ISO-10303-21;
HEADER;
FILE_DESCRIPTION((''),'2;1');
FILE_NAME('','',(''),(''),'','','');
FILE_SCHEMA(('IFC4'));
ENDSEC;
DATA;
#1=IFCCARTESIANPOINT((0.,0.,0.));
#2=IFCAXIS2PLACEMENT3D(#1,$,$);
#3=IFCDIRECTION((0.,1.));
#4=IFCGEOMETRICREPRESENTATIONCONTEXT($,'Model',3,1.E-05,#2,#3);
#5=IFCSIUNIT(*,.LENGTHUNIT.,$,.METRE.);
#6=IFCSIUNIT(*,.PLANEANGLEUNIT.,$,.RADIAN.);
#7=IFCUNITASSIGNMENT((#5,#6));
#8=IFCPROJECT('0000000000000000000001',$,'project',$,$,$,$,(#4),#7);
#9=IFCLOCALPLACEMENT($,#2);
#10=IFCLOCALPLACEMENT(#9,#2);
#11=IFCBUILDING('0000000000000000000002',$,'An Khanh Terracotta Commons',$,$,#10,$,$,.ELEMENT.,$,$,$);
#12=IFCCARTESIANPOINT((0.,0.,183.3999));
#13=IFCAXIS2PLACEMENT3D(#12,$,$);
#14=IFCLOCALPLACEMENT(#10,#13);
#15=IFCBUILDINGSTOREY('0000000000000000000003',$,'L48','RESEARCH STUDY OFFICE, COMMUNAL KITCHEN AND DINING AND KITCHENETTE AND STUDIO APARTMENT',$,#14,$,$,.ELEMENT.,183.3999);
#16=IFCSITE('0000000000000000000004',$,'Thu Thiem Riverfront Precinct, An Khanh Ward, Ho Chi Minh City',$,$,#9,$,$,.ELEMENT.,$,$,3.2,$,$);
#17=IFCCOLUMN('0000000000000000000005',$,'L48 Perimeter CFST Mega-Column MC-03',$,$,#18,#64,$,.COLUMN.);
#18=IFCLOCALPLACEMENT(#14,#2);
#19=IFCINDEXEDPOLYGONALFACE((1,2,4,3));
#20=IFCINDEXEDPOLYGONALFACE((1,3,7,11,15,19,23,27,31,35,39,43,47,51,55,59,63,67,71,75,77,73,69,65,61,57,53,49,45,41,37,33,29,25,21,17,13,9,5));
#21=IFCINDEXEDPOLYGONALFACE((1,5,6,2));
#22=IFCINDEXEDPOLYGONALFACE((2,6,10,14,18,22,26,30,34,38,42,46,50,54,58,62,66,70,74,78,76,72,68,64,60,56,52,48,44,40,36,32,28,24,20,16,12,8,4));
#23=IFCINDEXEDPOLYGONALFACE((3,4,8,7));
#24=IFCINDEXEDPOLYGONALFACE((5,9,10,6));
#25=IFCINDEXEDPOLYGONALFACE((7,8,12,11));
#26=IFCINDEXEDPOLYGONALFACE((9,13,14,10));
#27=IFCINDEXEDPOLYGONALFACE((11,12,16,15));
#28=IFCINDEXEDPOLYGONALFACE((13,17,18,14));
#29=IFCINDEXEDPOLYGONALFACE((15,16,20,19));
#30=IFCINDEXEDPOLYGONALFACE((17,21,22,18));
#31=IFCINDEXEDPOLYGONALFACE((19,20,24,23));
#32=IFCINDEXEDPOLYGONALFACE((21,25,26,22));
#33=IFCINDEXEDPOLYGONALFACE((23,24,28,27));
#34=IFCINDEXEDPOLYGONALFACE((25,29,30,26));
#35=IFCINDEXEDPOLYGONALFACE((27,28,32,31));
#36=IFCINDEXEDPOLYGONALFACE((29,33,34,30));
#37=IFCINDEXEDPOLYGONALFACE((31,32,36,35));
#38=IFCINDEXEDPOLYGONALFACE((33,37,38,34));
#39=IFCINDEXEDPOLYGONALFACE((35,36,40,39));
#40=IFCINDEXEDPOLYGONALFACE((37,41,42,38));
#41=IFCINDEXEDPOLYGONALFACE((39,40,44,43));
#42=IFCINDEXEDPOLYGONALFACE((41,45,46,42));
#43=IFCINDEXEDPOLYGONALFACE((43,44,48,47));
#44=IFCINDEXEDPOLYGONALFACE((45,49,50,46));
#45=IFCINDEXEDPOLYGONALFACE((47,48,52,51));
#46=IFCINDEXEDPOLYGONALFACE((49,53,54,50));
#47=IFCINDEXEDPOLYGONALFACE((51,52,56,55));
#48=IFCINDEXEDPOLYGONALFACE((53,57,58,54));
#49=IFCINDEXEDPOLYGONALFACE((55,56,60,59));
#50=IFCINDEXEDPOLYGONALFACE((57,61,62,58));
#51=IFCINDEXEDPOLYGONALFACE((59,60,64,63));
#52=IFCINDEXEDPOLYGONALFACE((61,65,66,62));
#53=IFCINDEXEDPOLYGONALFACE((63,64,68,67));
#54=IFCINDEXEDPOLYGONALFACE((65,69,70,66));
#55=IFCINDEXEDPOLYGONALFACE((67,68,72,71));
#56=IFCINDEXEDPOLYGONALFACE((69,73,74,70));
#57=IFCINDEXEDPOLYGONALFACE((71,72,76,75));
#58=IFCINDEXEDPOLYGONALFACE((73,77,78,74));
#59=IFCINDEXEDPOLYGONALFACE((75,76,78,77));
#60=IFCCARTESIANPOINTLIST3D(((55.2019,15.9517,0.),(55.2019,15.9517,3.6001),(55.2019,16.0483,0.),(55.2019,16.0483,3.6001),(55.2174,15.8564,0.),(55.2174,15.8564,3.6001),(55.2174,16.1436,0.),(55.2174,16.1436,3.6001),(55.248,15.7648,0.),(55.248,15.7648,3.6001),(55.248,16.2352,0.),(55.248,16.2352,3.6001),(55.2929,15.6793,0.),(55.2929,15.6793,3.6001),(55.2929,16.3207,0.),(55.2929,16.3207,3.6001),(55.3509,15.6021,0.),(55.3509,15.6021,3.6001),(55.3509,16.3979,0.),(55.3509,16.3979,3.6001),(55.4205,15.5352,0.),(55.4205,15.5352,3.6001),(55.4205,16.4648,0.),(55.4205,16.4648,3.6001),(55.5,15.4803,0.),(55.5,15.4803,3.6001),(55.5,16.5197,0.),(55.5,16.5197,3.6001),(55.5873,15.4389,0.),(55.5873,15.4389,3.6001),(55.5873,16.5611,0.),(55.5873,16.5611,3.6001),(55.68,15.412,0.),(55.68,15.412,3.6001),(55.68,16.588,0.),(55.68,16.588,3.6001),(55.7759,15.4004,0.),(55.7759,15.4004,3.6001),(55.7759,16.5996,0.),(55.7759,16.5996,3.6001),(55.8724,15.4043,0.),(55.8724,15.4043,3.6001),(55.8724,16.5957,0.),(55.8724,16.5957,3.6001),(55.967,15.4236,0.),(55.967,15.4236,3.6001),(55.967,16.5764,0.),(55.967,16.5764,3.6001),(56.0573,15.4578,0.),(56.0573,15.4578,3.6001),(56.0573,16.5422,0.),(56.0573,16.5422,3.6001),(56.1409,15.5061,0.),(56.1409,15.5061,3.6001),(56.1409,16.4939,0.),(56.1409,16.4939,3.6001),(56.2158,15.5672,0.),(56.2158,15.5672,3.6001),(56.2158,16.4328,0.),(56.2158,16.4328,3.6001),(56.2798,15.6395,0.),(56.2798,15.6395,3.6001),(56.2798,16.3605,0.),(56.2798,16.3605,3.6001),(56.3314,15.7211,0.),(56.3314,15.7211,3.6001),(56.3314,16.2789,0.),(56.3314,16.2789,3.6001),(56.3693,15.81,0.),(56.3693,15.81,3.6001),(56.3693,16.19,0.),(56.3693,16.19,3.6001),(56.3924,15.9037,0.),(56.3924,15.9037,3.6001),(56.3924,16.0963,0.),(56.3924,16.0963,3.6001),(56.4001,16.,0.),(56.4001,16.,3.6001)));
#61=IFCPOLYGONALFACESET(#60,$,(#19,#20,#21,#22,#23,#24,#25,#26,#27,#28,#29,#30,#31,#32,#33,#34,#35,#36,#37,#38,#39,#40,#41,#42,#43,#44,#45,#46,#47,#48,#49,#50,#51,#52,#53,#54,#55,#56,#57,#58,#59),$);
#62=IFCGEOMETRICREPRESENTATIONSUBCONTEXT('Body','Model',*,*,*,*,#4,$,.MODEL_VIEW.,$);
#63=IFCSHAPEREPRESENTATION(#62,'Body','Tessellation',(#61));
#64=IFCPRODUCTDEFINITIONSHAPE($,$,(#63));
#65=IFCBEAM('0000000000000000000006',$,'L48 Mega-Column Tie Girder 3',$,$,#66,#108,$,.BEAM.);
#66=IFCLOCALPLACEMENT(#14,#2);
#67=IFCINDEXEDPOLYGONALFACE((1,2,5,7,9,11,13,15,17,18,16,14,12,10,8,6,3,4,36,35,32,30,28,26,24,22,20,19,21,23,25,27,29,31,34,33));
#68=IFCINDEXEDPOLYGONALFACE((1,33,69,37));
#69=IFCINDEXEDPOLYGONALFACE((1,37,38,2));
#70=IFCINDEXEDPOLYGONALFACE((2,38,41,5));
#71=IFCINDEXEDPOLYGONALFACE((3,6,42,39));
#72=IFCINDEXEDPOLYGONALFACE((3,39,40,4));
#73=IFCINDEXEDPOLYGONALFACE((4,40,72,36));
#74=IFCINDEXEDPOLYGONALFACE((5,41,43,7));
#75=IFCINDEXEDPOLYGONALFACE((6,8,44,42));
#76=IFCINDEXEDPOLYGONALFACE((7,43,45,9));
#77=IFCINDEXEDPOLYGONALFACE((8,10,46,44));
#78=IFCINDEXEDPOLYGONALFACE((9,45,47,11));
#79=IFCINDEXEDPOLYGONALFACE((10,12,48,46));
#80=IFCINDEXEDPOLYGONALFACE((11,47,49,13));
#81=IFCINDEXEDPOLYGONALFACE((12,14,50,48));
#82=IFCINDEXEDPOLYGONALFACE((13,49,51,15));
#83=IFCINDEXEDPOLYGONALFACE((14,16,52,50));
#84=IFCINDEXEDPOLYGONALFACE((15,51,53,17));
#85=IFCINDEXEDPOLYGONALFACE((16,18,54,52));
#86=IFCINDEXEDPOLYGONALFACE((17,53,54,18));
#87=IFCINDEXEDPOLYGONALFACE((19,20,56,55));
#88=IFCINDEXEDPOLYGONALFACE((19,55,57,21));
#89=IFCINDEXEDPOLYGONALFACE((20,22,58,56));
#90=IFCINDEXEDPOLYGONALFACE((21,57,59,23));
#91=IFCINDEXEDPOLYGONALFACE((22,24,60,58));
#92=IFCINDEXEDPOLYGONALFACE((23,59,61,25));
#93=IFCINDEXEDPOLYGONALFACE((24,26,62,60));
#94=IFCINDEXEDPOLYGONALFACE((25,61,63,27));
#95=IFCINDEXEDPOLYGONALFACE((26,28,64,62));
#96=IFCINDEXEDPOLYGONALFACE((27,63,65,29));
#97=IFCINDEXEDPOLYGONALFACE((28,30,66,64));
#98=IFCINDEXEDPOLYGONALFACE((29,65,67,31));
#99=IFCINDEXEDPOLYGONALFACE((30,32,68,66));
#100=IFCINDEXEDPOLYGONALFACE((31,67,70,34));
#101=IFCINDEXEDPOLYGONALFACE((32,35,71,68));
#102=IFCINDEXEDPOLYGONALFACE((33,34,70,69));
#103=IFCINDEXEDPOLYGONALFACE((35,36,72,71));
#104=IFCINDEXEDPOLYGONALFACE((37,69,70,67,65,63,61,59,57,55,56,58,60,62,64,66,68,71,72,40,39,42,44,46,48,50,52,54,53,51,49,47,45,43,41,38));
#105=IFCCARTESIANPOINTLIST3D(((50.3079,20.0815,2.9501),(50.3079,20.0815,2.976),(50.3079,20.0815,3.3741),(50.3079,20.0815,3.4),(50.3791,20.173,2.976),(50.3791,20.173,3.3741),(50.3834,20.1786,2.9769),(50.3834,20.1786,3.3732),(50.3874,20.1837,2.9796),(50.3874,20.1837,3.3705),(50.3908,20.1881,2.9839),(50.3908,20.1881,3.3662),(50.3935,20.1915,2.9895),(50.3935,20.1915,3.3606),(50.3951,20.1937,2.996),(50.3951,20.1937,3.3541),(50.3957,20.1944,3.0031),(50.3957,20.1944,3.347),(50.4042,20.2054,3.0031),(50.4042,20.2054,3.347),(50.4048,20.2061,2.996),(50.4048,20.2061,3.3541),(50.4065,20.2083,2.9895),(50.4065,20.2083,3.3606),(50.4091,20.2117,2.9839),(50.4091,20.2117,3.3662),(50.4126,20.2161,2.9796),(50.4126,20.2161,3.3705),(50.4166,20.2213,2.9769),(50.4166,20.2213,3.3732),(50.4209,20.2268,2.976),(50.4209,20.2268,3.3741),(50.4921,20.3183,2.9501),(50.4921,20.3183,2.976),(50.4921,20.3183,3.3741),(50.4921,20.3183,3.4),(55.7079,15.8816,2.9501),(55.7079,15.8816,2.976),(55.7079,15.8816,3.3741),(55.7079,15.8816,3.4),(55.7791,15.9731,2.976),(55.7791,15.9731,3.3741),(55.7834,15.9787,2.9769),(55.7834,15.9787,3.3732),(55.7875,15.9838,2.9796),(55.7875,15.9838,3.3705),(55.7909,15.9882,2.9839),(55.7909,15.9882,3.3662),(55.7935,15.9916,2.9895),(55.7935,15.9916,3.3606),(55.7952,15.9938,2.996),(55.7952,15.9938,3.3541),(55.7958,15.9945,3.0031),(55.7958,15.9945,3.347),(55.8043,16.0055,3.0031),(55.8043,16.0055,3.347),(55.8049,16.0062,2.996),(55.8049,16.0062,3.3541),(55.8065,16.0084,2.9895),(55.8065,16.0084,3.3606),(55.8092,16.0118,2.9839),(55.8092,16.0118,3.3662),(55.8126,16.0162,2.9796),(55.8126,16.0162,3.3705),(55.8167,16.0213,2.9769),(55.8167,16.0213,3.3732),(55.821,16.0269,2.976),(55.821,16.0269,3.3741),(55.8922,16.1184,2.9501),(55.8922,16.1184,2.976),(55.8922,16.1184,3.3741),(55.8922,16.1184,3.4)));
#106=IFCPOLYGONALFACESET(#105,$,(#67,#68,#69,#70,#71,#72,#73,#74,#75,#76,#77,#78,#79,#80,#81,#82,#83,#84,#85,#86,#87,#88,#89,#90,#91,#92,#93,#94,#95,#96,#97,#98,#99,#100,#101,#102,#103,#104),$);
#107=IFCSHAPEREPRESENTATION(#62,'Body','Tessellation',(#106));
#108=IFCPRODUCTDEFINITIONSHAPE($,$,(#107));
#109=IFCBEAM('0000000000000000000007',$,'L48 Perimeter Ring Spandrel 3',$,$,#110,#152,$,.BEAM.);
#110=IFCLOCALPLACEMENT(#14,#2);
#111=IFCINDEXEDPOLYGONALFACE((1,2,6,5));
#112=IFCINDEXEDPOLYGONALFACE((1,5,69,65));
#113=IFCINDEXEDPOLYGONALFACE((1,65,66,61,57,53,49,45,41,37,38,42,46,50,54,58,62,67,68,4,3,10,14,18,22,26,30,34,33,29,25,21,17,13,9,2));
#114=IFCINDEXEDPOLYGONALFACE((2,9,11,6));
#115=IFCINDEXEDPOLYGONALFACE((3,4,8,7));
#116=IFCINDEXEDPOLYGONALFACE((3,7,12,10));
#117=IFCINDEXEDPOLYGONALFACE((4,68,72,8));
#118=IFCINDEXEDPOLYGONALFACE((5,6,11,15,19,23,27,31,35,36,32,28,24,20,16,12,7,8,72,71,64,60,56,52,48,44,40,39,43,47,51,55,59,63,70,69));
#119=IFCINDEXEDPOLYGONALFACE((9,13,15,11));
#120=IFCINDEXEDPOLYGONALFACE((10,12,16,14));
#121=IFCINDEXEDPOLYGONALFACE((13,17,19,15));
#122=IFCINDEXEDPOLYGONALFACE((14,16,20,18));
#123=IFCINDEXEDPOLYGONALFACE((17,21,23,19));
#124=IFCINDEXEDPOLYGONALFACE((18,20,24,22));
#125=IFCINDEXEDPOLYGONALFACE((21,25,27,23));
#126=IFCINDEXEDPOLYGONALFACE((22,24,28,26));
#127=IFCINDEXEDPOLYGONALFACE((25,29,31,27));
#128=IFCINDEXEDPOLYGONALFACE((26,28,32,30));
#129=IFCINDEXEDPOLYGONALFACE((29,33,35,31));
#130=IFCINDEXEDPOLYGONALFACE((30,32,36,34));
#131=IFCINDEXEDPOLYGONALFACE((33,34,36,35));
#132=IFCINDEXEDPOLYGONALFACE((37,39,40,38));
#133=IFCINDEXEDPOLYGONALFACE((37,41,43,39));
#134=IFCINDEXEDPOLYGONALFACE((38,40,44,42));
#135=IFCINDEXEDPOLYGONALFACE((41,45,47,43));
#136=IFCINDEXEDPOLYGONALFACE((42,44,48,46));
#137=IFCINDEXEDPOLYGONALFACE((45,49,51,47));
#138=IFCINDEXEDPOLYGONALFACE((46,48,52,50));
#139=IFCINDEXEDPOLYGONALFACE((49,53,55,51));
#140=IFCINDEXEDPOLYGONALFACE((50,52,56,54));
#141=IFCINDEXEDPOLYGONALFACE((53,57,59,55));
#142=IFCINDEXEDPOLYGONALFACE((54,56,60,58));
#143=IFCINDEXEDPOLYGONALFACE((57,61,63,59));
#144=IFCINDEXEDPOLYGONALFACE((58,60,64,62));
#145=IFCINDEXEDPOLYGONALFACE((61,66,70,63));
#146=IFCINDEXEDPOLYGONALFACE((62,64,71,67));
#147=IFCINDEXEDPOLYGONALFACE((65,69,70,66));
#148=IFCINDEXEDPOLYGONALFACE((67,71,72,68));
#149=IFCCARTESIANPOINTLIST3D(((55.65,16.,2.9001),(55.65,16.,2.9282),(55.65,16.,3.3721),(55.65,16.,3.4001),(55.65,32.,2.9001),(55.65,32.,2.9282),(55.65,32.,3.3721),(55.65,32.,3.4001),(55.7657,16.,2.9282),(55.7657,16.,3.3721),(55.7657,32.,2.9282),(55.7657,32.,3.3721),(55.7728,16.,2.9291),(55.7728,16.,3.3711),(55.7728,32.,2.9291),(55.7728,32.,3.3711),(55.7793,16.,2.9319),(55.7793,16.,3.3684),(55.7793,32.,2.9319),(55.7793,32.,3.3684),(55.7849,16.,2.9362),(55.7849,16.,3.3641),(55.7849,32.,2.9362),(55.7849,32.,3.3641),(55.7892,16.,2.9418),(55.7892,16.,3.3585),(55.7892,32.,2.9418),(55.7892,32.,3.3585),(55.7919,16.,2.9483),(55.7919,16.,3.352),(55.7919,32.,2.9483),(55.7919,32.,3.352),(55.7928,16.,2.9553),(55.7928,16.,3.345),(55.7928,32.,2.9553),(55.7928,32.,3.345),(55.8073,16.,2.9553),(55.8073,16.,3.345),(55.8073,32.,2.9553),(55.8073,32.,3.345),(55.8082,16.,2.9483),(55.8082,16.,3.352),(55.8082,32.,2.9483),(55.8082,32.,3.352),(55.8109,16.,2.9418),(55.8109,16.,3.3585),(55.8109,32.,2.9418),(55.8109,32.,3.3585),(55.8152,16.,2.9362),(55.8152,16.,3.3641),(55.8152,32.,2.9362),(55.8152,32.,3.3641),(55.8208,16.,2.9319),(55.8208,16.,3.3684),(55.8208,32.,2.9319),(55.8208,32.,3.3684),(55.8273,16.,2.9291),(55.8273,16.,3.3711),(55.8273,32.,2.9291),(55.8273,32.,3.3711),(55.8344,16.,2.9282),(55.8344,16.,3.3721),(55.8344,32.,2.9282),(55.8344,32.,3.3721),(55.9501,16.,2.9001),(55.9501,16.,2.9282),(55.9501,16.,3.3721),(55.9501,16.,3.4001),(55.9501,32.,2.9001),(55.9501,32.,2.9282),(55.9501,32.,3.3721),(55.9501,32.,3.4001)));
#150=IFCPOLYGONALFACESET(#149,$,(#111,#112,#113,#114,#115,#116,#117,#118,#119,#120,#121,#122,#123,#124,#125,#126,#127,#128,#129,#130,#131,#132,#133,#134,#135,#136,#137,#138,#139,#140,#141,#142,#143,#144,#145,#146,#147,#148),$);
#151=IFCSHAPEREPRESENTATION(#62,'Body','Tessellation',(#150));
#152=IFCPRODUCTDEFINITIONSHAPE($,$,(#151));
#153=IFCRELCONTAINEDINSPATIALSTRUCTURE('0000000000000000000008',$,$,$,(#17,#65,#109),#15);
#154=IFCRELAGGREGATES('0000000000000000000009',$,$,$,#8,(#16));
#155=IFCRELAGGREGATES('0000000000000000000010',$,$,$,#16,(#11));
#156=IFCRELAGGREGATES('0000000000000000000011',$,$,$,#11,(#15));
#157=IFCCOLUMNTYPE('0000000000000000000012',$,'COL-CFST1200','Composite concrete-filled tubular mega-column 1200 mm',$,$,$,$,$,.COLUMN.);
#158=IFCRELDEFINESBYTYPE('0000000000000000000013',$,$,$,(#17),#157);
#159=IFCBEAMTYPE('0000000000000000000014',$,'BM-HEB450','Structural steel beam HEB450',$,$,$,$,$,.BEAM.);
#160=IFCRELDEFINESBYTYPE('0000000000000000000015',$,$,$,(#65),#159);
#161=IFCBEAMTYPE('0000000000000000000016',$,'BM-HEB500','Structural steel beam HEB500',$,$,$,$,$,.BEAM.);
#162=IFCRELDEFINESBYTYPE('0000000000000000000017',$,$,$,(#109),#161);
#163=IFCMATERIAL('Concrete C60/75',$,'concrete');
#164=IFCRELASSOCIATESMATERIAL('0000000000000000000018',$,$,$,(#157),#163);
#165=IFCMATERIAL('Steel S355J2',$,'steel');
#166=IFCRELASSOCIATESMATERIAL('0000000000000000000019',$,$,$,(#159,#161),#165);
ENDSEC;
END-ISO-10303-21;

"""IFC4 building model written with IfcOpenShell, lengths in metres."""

from ifc_helpers import new_model, si_unit, direction, frame, origin, origin_2d, place, context, subcontext, project, spatial, circle, i_section, extrude, material, material_profile, profile_set, type_object, element, save


model = new_model("IFC4")

# Units and contexts
model_context = context("Model", 3, precision=1e-05, world=origin(), true_north=direction((0.0, 1.0)))
body_context = subcontext(model_context, "Body", "Model", "MODEL_VIEW")
ifc_project = project(units=[si_unit("LENGTHUNIT", "METRE"), si_unit("PLANEANGLEUNIT", "RADIAN")], contexts=[model_context])

# Site, building, storey
site_placement = place(None, origin())
site = spatial("IfcSite", under=ifc_project, at=site_placement, Name="Thu Thiem Riverfront Precinct, An Khanh Ward, Ho Chi Minh City", CompositionType="ELEMENT", RefElevation=3.2)
building_placement = place(site_placement, origin())
building = spatial("IfcBuilding", under=site, at=building_placement, Name="An Khanh Terracotta Commons", CompositionType="ELEMENT")
storey_placement = place(building_placement, frame((0.0, 0.0, 183.3999)))
storey = spatial("IfcBuildingStorey", under=building, at=storey_placement, Name="L48", Description="RESEARCH STUDY OFFICE, COMMUNAL KITCHEN AND DINING AND KITCHENETTE AND STUDIO APARTMENT", CompositionType="ELEMENT", Elevation=183.3999)

# Column
ifc_material_1 = material(Name="Concrete C60/75", Category="concrete")
ifc_material_profile_1 = material_profile(ifc_material_1, circle(Radius=0.6001, at=origin_2d()), Name="CFST1200")
ifc_profile_set_1 = profile_set([ifc_material_profile_1], Name="Concrete C60/75")
column_type = type_object("IfcColumnType", Name="COL-CFST1200", Description="Composite concrete-filled tubular mega-column 1200 mm", PredefinedType="COLUMN", material=ifc_profile_set_1)
column_placement = place(storey_placement, frame((55.8, 16.0, 0.0), z_axis=(0.0, 0.0, 1.0), x_axis=(1.0, 0.0, 0.0)))
element("IfcColumn", 1, at=column_placement, inside=storey, type_object=column_type, Name="L48 Perimeter CFST Mega-Column MC-03", PredefinedType="COLUMN", context=body_context, shape_type="SweptSolid", body=[
    extrude(circle(Radius=0.6001, at=origin_2d()), origin(), (0.0, 0.0, 1.0), 3.6001),
])

# Beams
ifc_material_2 = material(Name="Steel S355J2", Category="steel")
ifc_material_profile_2 = material_profile(ifc_material_2, i_section(OverallWidth=0.3, OverallDepth=0.45, WebThickness=0.0139, FlangeThickness=0.0259, FilletRadius=0.0271, at=origin_2d()), Name="HEB450")
ifc_profile_set_2 = profile_set([ifc_material_profile_2], Name="Steel S355J2")
beam_type_1 = type_object("IfcBeamType", Name="BM-HEB450", Description="Structural steel beam HEB450", PredefinedType="BEAM", material=ifc_profile_set_2)
beam_1_placement = place(storey_placement, frame((55.8, 16.0, 3.175), z_axis=(-0.789364, 0.613926, 0.0), x_axis=(-0.613926, -0.789364, 0.0)))
element("IfcBeam", 2, at=beam_1_placement, inside=storey, type_object=beam_type_1, Name="L48 Mega-Column Tie Girder 3", PredefinedType="BEAM", context=body_context, shape_type="SweptSolid", body=[
    extrude(i_section(OverallWidth=0.3, OverallDepth=0.45, WebThickness=0.0139, FlangeThickness=0.0259, FilletRadius=0.0271, at=origin_2d()), origin(), (0.0, 0.0, 1.0), 6.8411),
])
ifc_material_profile_3 = material_profile(ifc_material_2, i_section(OverallWidth=0.3, OverallDepth=0.5, WebThickness=0.0144, FlangeThickness=0.0281, FilletRadius=0.0271, at=origin_2d()), Name="HEB500")
ifc_profile_set_3 = profile_set([ifc_material_profile_3], Name="Steel S355J2")
beam_type_2 = type_object("IfcBeamType", Name="BM-HEB500", Description="Structural steel beam HEB500", PredefinedType="BEAM", material=ifc_profile_set_3)
beam_2_placement = place(storey_placement, frame((55.8, 16.0, 3.1501), z_axis=(0.0, 1.0, 0.0), x_axis=(-1.0, 0.0, 0.0)))
element("IfcBeam", 3, at=beam_2_placement, inside=storey, type_object=beam_type_2, Name="L48 Perimeter Ring Spandrel 3", PredefinedType="BEAM", context=body_context, shape_type="SweptSolid", body=[
    extrude(i_section(OverallWidth=0.3, OverallDepth=0.5, WebThickness=0.0144, FlangeThickness=0.0281, FilletRadius=0.0271, at=origin_2d()), origin(), (0.0, 0.0, 1.0), 16.0),
])

save(model, "model.ifc")
